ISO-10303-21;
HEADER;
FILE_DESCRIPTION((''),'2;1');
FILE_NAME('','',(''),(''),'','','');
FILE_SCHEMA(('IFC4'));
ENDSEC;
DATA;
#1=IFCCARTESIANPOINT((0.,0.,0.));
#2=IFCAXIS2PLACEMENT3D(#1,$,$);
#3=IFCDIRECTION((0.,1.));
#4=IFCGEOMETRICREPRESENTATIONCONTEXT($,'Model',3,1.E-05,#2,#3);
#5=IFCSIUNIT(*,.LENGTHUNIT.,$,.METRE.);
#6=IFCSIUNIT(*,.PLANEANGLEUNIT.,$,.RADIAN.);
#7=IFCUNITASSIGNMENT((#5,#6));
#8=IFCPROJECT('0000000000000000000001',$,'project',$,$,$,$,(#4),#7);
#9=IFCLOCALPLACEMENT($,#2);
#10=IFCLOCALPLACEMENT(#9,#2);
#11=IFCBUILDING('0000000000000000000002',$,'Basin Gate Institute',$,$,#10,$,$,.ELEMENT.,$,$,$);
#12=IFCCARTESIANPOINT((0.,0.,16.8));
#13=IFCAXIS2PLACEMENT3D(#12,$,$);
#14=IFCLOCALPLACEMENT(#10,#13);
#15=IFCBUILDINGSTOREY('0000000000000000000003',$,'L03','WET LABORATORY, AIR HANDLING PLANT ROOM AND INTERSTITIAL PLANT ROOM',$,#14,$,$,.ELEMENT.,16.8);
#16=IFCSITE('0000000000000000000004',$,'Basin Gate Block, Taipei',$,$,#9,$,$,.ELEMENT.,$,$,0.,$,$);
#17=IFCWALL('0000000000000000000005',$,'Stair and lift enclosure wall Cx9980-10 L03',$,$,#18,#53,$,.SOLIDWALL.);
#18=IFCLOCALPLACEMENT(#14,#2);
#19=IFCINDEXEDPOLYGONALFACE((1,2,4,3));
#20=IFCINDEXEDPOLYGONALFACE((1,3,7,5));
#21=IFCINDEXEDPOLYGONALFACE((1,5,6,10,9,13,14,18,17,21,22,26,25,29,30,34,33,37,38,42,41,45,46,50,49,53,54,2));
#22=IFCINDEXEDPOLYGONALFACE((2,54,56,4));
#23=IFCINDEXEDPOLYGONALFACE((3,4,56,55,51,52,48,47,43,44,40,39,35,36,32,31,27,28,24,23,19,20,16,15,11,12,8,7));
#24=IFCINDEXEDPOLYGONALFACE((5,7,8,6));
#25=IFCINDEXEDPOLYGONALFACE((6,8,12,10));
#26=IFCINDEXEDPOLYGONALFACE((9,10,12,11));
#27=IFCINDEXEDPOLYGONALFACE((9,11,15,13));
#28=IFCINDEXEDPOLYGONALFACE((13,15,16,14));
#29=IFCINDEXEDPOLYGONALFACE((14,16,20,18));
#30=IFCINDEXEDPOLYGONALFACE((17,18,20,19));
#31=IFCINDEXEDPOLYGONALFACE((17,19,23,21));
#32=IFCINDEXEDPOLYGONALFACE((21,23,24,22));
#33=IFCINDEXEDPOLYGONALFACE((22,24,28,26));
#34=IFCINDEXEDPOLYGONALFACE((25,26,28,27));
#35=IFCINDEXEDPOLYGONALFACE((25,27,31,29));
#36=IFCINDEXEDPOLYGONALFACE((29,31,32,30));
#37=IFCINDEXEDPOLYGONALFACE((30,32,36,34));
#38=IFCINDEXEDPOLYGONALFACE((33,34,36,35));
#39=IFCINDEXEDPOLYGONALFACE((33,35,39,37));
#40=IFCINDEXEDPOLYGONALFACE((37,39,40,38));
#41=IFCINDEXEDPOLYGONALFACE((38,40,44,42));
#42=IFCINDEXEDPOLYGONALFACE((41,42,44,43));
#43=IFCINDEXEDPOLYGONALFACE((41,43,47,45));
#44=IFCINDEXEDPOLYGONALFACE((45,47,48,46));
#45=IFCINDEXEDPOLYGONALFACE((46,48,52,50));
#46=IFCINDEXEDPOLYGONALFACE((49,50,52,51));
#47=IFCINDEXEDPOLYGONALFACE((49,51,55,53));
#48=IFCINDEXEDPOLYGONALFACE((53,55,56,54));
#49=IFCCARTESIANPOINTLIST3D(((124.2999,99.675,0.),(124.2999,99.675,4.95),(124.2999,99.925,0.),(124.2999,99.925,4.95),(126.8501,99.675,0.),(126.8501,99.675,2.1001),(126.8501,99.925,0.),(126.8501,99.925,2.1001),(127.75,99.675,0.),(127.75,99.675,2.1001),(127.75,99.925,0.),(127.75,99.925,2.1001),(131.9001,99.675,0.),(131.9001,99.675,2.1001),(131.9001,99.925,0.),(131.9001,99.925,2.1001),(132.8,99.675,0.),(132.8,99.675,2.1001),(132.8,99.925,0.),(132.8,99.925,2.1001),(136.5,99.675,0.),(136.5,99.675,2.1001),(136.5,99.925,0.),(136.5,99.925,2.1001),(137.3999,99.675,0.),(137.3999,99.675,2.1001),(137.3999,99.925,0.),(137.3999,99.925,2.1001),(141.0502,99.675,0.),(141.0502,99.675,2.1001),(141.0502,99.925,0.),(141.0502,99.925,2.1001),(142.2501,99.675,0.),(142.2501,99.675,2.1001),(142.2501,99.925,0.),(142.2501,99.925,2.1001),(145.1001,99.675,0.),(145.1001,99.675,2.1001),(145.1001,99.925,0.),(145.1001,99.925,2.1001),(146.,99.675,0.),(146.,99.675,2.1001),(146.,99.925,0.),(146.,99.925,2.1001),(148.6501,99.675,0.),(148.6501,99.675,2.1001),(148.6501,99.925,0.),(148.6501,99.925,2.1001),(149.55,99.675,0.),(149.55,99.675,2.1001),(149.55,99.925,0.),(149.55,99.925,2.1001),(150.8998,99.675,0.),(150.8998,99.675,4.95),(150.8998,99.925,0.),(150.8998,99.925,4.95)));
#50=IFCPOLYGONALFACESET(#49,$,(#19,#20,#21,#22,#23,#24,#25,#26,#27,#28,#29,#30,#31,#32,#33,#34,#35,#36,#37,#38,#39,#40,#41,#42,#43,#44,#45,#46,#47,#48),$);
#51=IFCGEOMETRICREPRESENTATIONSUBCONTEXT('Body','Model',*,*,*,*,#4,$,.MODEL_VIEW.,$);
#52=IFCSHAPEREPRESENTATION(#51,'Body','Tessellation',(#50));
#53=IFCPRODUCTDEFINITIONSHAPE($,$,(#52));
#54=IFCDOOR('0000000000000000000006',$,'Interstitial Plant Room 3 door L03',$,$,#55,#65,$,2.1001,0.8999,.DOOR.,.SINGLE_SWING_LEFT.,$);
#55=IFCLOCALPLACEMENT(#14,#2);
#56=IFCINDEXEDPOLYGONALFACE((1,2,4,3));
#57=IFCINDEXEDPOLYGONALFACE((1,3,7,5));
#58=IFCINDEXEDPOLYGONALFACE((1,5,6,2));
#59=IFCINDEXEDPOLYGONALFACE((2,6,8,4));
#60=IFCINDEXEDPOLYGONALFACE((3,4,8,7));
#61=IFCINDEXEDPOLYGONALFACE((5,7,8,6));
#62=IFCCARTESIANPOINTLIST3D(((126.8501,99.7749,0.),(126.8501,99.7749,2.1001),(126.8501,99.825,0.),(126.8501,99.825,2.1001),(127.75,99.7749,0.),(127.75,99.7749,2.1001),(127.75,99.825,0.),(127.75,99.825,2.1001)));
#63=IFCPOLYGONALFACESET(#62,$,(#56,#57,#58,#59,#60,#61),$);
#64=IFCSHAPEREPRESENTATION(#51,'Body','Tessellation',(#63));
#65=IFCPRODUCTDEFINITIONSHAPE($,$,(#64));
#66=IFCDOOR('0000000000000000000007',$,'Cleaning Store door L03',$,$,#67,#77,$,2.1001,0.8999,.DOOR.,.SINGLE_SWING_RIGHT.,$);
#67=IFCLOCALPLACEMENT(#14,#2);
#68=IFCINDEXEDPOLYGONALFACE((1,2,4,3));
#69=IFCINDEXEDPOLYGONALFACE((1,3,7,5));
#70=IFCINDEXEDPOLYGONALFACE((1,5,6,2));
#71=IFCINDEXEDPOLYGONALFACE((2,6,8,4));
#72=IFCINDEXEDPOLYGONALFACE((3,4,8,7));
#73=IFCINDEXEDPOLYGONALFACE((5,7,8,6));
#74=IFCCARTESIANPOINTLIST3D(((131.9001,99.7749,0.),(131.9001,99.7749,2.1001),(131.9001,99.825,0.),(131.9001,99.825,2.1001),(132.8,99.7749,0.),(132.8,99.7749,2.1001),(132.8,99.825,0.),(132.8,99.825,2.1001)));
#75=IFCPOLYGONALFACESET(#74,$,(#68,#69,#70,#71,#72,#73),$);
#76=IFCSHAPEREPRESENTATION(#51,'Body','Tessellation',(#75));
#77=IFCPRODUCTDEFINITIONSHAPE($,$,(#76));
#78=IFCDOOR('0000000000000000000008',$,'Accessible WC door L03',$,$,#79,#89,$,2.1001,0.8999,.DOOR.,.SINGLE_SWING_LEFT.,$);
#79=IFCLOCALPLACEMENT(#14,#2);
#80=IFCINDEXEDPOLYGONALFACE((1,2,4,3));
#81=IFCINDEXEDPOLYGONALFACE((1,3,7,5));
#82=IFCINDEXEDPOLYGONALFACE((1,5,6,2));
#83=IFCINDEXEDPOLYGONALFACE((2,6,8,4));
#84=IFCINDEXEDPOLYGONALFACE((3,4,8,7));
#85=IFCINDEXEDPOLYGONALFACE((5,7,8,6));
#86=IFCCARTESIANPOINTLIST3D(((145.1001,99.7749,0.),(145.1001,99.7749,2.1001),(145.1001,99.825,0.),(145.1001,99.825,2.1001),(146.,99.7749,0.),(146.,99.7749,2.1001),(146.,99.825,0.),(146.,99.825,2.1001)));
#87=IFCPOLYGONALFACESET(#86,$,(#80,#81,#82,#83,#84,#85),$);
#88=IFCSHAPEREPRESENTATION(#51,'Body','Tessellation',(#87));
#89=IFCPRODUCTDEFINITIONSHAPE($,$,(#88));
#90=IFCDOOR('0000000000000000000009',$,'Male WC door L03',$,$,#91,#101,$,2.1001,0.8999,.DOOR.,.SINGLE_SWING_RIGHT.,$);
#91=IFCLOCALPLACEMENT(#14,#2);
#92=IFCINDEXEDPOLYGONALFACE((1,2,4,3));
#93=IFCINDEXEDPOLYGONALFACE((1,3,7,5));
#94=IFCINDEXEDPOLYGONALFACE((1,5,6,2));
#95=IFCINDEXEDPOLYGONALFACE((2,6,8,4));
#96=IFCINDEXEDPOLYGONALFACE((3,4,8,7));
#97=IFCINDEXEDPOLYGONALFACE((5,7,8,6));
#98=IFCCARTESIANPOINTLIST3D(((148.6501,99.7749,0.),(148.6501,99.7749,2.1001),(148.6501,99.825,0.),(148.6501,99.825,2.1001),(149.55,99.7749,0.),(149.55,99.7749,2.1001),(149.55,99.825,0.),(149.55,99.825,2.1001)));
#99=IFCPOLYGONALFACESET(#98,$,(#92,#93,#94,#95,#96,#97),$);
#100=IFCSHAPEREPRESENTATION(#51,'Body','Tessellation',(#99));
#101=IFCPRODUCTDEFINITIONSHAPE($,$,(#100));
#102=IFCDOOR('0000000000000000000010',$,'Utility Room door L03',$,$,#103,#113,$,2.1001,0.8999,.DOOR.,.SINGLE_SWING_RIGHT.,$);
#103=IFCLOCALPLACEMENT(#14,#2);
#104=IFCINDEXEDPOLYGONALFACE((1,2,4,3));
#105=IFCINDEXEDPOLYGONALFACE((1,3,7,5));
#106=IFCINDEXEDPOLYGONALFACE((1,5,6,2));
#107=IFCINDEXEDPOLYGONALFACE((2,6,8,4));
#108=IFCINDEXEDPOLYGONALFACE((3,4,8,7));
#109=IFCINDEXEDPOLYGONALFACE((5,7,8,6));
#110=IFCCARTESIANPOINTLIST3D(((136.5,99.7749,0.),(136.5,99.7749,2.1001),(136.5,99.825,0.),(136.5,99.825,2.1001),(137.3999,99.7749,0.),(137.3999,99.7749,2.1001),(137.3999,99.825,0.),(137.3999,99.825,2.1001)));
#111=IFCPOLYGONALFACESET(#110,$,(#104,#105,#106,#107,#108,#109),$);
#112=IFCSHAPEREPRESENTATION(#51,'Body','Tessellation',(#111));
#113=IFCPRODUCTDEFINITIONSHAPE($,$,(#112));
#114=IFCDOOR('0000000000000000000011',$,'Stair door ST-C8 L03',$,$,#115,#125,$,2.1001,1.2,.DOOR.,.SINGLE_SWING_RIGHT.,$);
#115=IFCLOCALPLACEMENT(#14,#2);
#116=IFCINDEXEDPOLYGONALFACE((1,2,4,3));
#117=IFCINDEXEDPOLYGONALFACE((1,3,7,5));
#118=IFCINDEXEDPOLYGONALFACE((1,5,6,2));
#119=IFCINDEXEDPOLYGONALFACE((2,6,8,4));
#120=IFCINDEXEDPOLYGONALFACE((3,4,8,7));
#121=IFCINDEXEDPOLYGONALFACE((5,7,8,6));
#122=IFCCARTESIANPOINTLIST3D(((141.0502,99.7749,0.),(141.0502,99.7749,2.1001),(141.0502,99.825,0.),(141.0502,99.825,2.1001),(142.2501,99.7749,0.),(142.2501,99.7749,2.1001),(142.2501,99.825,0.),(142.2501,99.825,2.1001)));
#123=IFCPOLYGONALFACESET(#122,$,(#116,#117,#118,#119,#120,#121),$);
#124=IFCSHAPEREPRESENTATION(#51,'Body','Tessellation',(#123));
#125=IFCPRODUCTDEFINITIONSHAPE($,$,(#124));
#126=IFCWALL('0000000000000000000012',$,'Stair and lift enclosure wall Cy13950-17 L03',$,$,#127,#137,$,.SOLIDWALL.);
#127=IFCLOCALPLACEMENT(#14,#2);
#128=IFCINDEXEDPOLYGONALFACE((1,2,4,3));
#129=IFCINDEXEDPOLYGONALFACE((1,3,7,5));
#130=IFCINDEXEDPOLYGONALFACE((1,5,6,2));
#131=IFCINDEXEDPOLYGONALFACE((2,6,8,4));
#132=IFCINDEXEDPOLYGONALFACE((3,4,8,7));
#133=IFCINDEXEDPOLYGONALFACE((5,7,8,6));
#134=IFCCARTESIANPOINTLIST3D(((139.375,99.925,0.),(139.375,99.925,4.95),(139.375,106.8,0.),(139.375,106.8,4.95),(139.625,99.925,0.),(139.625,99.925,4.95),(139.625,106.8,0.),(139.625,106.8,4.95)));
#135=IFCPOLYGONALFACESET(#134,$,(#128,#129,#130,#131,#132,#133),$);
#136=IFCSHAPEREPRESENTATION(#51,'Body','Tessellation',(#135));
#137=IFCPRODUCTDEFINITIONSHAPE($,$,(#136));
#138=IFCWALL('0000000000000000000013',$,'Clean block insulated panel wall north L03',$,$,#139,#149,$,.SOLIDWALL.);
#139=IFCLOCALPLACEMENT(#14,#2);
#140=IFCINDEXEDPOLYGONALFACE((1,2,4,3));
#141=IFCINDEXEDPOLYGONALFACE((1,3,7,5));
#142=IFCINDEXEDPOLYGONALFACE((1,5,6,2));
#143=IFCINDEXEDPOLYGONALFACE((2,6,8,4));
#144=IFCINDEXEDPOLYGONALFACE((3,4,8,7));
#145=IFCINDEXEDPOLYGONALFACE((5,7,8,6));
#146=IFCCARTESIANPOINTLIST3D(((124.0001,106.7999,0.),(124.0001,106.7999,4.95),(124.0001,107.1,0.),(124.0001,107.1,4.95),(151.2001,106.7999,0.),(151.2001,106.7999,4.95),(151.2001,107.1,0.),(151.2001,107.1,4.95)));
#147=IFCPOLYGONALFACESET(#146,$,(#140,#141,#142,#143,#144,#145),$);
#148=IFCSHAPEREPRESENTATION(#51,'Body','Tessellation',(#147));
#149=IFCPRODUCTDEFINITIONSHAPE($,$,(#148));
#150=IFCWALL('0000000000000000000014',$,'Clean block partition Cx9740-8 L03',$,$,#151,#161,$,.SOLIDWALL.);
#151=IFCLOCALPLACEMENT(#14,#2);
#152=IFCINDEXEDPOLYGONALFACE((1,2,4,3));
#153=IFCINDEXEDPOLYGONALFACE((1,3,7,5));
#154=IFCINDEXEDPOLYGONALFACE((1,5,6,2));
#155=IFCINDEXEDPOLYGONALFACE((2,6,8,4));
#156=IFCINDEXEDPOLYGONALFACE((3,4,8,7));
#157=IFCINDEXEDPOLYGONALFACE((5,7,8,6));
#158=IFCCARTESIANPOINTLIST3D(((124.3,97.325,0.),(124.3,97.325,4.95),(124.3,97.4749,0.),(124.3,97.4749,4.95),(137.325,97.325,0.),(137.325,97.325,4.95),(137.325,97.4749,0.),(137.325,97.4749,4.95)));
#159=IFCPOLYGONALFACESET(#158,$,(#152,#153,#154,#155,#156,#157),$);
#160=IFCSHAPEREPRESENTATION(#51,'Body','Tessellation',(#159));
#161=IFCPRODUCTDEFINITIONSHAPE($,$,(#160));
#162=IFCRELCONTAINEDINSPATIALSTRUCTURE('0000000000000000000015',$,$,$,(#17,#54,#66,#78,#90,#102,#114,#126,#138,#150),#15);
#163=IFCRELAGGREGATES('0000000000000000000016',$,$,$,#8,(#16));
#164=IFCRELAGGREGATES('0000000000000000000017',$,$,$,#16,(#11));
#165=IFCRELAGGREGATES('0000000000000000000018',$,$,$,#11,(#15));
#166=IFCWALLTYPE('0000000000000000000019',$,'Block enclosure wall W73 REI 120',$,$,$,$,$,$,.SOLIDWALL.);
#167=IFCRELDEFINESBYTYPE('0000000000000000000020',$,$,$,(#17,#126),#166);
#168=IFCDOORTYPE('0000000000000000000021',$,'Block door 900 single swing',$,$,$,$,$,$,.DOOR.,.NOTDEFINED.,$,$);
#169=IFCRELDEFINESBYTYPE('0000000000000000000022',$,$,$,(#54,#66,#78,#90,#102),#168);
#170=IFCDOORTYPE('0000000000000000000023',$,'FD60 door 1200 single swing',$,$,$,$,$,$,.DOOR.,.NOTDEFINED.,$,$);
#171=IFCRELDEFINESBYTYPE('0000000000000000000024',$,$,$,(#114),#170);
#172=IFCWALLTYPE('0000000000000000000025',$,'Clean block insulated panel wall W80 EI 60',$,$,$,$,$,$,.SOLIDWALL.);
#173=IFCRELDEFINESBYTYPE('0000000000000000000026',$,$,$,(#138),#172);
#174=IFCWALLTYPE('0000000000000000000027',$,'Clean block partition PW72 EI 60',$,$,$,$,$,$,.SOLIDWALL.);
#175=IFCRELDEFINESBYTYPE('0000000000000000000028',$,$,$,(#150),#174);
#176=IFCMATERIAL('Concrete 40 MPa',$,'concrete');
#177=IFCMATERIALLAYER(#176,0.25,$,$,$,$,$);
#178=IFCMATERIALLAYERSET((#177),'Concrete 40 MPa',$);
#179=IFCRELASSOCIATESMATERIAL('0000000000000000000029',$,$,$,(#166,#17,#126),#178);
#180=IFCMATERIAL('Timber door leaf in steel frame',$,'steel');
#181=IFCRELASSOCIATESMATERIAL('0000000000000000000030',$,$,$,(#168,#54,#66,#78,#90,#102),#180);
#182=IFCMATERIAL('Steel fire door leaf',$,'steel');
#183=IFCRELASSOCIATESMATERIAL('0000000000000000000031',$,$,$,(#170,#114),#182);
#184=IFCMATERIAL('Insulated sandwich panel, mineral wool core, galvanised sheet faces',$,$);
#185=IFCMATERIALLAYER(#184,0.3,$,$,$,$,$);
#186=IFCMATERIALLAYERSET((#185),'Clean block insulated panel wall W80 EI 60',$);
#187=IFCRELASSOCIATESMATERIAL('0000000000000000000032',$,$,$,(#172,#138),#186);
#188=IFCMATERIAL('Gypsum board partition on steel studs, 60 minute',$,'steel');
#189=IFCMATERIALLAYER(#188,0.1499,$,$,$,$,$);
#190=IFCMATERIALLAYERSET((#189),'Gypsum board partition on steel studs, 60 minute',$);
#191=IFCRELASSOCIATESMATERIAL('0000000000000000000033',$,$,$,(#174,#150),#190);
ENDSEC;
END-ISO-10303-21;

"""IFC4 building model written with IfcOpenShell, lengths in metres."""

from ifc_helpers import new_model, si_unit, direction, frame, frame_2d, origin, place, context, subcontext, project, spatial, rectangle, extrude, material, layer, layer_set, type_object, element, fill, save


model = new_model("IFC4")

# Units and contexts
model_context = context("Model", 3, precision=1e-05, world=origin(), true_north=direction((0.0, 1.0)))
body_context = subcontext(model_context, "Body", "Model", "MODEL_VIEW")
ifc_project = project(units=[si_unit("LENGTHUNIT", "METRE"), si_unit("PLANEANGLEUNIT", "RADIAN")], contexts=[model_context])

# Site, building, storey
site_placement = place(None, origin())
site = spatial("IfcSite", under=ifc_project, at=site_placement, Name="Basin Gate Block, Taipei", CompositionType="ELEMENT", RefElevation=0.0)
building_placement = place(site_placement, origin())
building = spatial("IfcBuilding", under=site, at=building_placement, Name="Basin Gate Institute", CompositionType="ELEMENT")
storey_placement = place(building_placement, frame((0.0, 0.0, 16.8)))
storey = spatial("IfcBuildingStorey", under=building, at=storey_placement, Name="L03", Description="WET LABORATORY, AIR HANDLING PLANT ROOM AND INTERSTITIAL PLANT ROOM", CompositionType="ELEMENT", Elevation=16.8)

# Wall, openings, doors
ifc_material_1 = material(Name="Concrete 40 MPa", Category="concrete")
ifc_layer_1 = layer(ifc_material_1, 0.25)
ifc_layer_set_1 = layer_set([ifc_layer_1], Name="Concrete 40 MPa")
wall_type_1 = type_object("IfcWallType", Name="Block enclosure wall W73 REI 120", PredefinedType="SOLIDWALL", material=ifc_layer_set_1)
wall_1_placement = place(storey_placement, frame((124.3, 99.8, 0.0), z_axis=(0.0, 0.0, 1.0), x_axis=(1.0, 0.0, 0.0)))
wall_1 = element("IfcWall", 1, at=wall_1_placement, inside=storey, type_object=wall_type_1, material=ifc_layer_set_1, Name="Stair and lift enclosure wall Cx9980-10 L03", PredefinedType="SOLIDWALL", context=body_context, shape_type="SweptSolid", body=[
    extrude(rectangle(XDim=26.5999, YDim=0.25, at=frame_2d((13.2998, 0.0))), origin(), (0.0, 0.0, 1.0), 4.95),
])
opening_1_placement = place(wall_1_placement, frame((2.55, 0.0, 0.0)))
opening_1 = element("IfcOpeningElement", 2, at=opening_1_placement, cuts=wall_1, PredefinedType="OPENING", context=body_context, shape_type="SweptSolid", body=[
    extrude(rectangle(XDim=0.8999, YDim=2.1001, at=frame_2d((0.45, 1.05))), frame((0.0, 0.135, 0.0), z_axis=(0.0, -1.0, 0.0), x_axis=(1.0, 0.0, 0.0)), (0.0, 0.0, 1.0), 0.27),
])
opening_2_placement = place(wall_1_placement, frame((7.6001, 0.0, 0.0)))
opening_2 = element("IfcOpeningElement", 3, at=opening_2_placement, cuts=wall_1, PredefinedType="OPENING", context=body_context, shape_type="SweptSolid", body=[
    extrude(rectangle(XDim=0.8999, YDim=2.1001, at=frame_2d((0.45, 1.05))), frame((0.0, 0.135, 0.0), z_axis=(0.0, -1.0, 0.0), x_axis=(1.0, 0.0, 0.0)), (0.0, 0.0, 1.0), 0.27),
])
opening_3_placement = place(wall_1_placement, frame((20.8, 0.0, 0.0)))
opening_3 = element("IfcOpeningElement", 4, at=opening_3_placement, cuts=wall_1, PredefinedType="OPENING", context=body_context, shape_type="SweptSolid", body=[
    extrude(rectangle(XDim=0.8999, YDim=2.1001, at=frame_2d((0.45, 1.05))), frame((0.0, 0.135, 0.0), z_axis=(0.0, -1.0, 0.0), x_axis=(1.0, 0.0, 0.0)), (0.0, 0.0, 1.0), 0.27),
])
opening_4_placement = place(wall_1_placement, frame((24.3501, 0.0, 0.0)))
opening_4 = element("IfcOpeningElement", 5, at=opening_4_placement, cuts=wall_1, PredefinedType="OPENING", context=body_context, shape_type="SweptSolid", body=[
    extrude(rectangle(XDim=0.8999, YDim=2.1001, at=frame_2d((0.45, 1.05))), frame((0.0, 0.135, 0.0), z_axis=(0.0, -1.0, 0.0), x_axis=(1.0, 0.0, 0.0)), (0.0, 0.0, 1.0), 0.27),
])
opening_5_placement = place(wall_1_placement, frame((12.2, 0.0, 0.0)))
opening_5 = element("IfcOpeningElement", 6, at=opening_5_placement, cuts=wall_1, PredefinedType="OPENING", context=body_context, shape_type="SweptSolid", body=[
    extrude(rectangle(XDim=0.8999, YDim=2.1001, at=frame_2d((0.45, 1.05))), frame((0.0, 0.135, 0.0), z_axis=(0.0, -1.0, 0.0), x_axis=(1.0, 0.0, 0.0)), (0.0, 0.0, 1.0), 0.27),
])
opening_6_placement = place(wall_1_placement, frame((16.75, 0.0, 0.0)))
opening_6 = element("IfcOpeningElement", 7, at=opening_6_placement, cuts=wall_1, PredefinedType="OPENING", context=body_context, shape_type="SweptSolid", body=[
    extrude(rectangle(XDim=1.2, YDim=2.1001, at=frame_2d((0.6001, 1.05))), frame((0.0, 0.135, 0.0), z_axis=(0.0, -1.0, 0.0), x_axis=(1.0, 0.0, 0.0)), (0.0, 0.0, 1.0), 0.27),
])
ifc_material_2 = material(Name="Timber door leaf in steel frame", Category="steel")
door_type_1 = type_object("IfcDoorType", Name="Block door 900 single swing", OperationType="NOTDEFINED", PredefinedType="DOOR", material=ifc_material_2)
door_1_placement = place(opening_1_placement, origin())
door_1 = element("IfcDoor", 8, at=door_1_placement, inside=storey, type_object=door_type_1, material=ifc_material_2, Name="Interstitial Plant Room 3 door L03", OperationType="SINGLE_SWING_LEFT", OverallHeight=2.1001, OverallWidth=0.8999, PredefinedType="DOOR", context=body_context, shape_type="SweptSolid", body=[
    extrude(rectangle(XDim=0.8999, YDim=2.1001, at=frame_2d((0.45, 1.05))), frame((0.0, 0.0249, 0.0), z_axis=(0.0, -1.0, 0.0), x_axis=(1.0, 0.0, 0.0)), (0.0, 0.0, 1.0), 0.05),
])
fill(opening_1, door_1)
door_2_placement = place(opening_2_placement, origin())
door_2 = element("IfcDoor", 9, at=door_2_placement, inside=storey, type_object=door_type_1, material=ifc_material_2, Name="Cleaning Store door L03", OperationType="SINGLE_SWING_RIGHT", OverallHeight=2.1001, OverallWidth=0.8999, PredefinedType="DOOR", context=body_context, shape_type="SweptSolid", body=[
    extrude(rectangle(XDim=0.8999, YDim=2.1001, at=frame_2d((0.45, 1.05))), frame((0.0, 0.0249, 0.0), z_axis=(0.0, -1.0, 0.0), x_axis=(1.0, 0.0, 0.0)), (0.0, 0.0, 1.0), 0.05),
])
fill(opening_2, door_2)
door_3_placement = place(opening_3_placement, origin())
door_3 = element("IfcDoor", 10, at=door_3_placement, inside=storey, type_object=door_type_1, material=ifc_material_2, Name="Accessible WC door L03", OperationType="SINGLE_SWING_LEFT", OverallHeight=2.1001, OverallWidth=0.8999, PredefinedType="DOOR", context=body_context, shape_type="SweptSolid", body=[
    extrude(rectangle(XDim=0.8999, YDim=2.1001, at=frame_2d((0.45, 1.05))), frame((0.0, 0.0249, 0.0), z_axis=(0.0, -1.0, 0.0), x_axis=(1.0, 0.0, 0.0)), (0.0, 0.0, 1.0), 0.05),
])
fill(opening_3, door_3)
door_4_placement = place(opening_4_placement, origin())
door_4 = element("IfcDoor", 11, at=door_4_placement, inside=storey, type_object=door_type_1, material=ifc_material_2, Name="Male WC door L03", OperationType="SINGLE_SWING_RIGHT", OverallHeight=2.1001, OverallWidth=0.8999, PredefinedType="DOOR", context=body_context, shape_type="SweptSolid", body=[
    extrude(rectangle(XDim=0.8999, YDim=2.1001, at=frame_2d((0.45, 1.05))), frame((0.0, 0.0249, 0.0), z_axis=(0.0, -1.0, 0.0), x_axis=(1.0, 0.0, 0.0)), (0.0, 0.0, 1.0), 0.05),
])
fill(opening_4, door_4)
door_5_placement = place(opening_5_placement, origin())
door_5 = element("IfcDoor", 12, at=door_5_placement, inside=storey, type_object=door_type_1, material=ifc_material_2, Name="Utility Room door L03", OperationType="SINGLE_SWING_RIGHT", OverallHeight=2.1001, OverallWidth=0.8999, PredefinedType="DOOR", context=body_context, shape_type="SweptSolid", body=[
    extrude(rectangle(XDim=0.8999, YDim=2.1001, at=frame_2d((0.45, 1.05))), frame((0.0, 0.0249, 0.0), z_axis=(0.0, -1.0, 0.0), x_axis=(1.0, 0.0, 0.0)), (0.0, 0.0, 1.0), 0.05),
])
fill(opening_5, door_5)
ifc_material_3 = material(Name="Steel fire door leaf", Category="steel")
door_type_2 = type_object("IfcDoorType", Name="FD60 door 1200 single swing", OperationType="NOTDEFINED", PredefinedType="DOOR", material=ifc_material_3)
door_6_placement = place(opening_6_placement, origin())
door_6 = element("IfcDoor", 13, at=door_6_placement, inside=storey, type_object=door_type_2, material=ifc_material_3, Name="Stair door ST-C8 L03", OperationType="SINGLE_SWING_RIGHT", OverallHeight=2.1001, OverallWidth=1.2, PredefinedType="DOOR", context=body_context, shape_type="SweptSolid", body=[
    extrude(rectangle(XDim=1.2, YDim=2.1001, at=frame_2d((0.6001, 1.05))), frame((0.0, 0.0249, 0.0), z_axis=(0.0, -1.0, 0.0), x_axis=(1.0, 0.0, 0.0)), (0.0, 0.0, 1.0), 0.05),
])
fill(opening_6, door_6)

# Walls
wall_2_placement = place(storey_placement, frame((139.5, 99.925, 0.0), z_axis=(0.0, 0.0, 1.0), x_axis=(0.0, 1.0, 0.0)))
element("IfcWall", 14, at=wall_2_placement, inside=storey, type_object=wall_type_1, material=ifc_layer_set_1, Name="Stair and lift enclosure wall Cy13950-17 L03", PredefinedType="SOLIDWALL", context=body_context, shape_type="SweptSolid", body=[
    extrude(rectangle(XDim=6.875, YDim=0.25, at=frame_2d((3.4375, 0.0))), origin(), (0.0, 0.0, 1.0), 4.95),
])
ifc_material_4 = material(Name="Insulated sandwich panel, mineral wool core, galvanised sheet faces")
ifc_layer_2 = layer(ifc_material_4, 0.3)
ifc_layer_set_2 = layer_set([ifc_layer_2], Name="Clean block insulated panel wall W80 EI 60")
wall_type_2 = type_object("IfcWallType", Name="Clean block insulated panel wall W80 EI 60", PredefinedType="SOLIDWALL", material=ifc_layer_set_2)
wall_3_placement = place(storey_placement, frame((124.0, 106.95, 0.0), z_axis=(0.0, 0.0, 1.0), x_axis=(1.0, 0.0, 0.0)))
element("IfcWall", 15, at=wall_3_placement, inside=storey, type_object=wall_type_2, material=ifc_layer_set_2, Name="Clean block insulated panel wall north L03", PredefinedType="SOLIDWALL", context=body_context, shape_type="SweptSolid", body=[
    extrude(rectangle(XDim=27.2, YDim=0.3, at=frame_2d((13.6001, 0.0))), origin(), (0.0, 0.0, 1.0), 4.95),
])
ifc_material_5 = material(Name="Gypsum board partition on steel studs, 60 minute", Category="steel")
ifc_layer_3 = layer(ifc_material_5, 0.1499)
ifc_layer_set_3 = layer_set([ifc_layer_3], Name="Gypsum board partition on steel studs, 60 minute")
wall_type_3 = type_object("IfcWallType", Name="Clean block partition PW72 EI 60", PredefinedType="SOLIDWALL", material=ifc_layer_set_3)
wall_4_placement = place(storey_placement, frame((124.3, 97.3999, 0.0), z_axis=(0.0, 0.0, 1.0), x_axis=(1.0, 0.0, 0.0)))
element("IfcWall", 16, at=wall_4_placement, inside=storey, type_object=wall_type_3, material=ifc_layer_set_3, Name="Clean block partition Cx9740-8 L03", PredefinedType="SOLIDWALL", context=body_context, shape_type="SweptSolid", body=[
    extrude(rectangle(XDim=13.0249, YDim=0.1499, at=frame_2d((6.5125, 0.0))), origin(), (0.0, 0.0, 1.0), 4.95),
])

save(model, "model.ifc")
